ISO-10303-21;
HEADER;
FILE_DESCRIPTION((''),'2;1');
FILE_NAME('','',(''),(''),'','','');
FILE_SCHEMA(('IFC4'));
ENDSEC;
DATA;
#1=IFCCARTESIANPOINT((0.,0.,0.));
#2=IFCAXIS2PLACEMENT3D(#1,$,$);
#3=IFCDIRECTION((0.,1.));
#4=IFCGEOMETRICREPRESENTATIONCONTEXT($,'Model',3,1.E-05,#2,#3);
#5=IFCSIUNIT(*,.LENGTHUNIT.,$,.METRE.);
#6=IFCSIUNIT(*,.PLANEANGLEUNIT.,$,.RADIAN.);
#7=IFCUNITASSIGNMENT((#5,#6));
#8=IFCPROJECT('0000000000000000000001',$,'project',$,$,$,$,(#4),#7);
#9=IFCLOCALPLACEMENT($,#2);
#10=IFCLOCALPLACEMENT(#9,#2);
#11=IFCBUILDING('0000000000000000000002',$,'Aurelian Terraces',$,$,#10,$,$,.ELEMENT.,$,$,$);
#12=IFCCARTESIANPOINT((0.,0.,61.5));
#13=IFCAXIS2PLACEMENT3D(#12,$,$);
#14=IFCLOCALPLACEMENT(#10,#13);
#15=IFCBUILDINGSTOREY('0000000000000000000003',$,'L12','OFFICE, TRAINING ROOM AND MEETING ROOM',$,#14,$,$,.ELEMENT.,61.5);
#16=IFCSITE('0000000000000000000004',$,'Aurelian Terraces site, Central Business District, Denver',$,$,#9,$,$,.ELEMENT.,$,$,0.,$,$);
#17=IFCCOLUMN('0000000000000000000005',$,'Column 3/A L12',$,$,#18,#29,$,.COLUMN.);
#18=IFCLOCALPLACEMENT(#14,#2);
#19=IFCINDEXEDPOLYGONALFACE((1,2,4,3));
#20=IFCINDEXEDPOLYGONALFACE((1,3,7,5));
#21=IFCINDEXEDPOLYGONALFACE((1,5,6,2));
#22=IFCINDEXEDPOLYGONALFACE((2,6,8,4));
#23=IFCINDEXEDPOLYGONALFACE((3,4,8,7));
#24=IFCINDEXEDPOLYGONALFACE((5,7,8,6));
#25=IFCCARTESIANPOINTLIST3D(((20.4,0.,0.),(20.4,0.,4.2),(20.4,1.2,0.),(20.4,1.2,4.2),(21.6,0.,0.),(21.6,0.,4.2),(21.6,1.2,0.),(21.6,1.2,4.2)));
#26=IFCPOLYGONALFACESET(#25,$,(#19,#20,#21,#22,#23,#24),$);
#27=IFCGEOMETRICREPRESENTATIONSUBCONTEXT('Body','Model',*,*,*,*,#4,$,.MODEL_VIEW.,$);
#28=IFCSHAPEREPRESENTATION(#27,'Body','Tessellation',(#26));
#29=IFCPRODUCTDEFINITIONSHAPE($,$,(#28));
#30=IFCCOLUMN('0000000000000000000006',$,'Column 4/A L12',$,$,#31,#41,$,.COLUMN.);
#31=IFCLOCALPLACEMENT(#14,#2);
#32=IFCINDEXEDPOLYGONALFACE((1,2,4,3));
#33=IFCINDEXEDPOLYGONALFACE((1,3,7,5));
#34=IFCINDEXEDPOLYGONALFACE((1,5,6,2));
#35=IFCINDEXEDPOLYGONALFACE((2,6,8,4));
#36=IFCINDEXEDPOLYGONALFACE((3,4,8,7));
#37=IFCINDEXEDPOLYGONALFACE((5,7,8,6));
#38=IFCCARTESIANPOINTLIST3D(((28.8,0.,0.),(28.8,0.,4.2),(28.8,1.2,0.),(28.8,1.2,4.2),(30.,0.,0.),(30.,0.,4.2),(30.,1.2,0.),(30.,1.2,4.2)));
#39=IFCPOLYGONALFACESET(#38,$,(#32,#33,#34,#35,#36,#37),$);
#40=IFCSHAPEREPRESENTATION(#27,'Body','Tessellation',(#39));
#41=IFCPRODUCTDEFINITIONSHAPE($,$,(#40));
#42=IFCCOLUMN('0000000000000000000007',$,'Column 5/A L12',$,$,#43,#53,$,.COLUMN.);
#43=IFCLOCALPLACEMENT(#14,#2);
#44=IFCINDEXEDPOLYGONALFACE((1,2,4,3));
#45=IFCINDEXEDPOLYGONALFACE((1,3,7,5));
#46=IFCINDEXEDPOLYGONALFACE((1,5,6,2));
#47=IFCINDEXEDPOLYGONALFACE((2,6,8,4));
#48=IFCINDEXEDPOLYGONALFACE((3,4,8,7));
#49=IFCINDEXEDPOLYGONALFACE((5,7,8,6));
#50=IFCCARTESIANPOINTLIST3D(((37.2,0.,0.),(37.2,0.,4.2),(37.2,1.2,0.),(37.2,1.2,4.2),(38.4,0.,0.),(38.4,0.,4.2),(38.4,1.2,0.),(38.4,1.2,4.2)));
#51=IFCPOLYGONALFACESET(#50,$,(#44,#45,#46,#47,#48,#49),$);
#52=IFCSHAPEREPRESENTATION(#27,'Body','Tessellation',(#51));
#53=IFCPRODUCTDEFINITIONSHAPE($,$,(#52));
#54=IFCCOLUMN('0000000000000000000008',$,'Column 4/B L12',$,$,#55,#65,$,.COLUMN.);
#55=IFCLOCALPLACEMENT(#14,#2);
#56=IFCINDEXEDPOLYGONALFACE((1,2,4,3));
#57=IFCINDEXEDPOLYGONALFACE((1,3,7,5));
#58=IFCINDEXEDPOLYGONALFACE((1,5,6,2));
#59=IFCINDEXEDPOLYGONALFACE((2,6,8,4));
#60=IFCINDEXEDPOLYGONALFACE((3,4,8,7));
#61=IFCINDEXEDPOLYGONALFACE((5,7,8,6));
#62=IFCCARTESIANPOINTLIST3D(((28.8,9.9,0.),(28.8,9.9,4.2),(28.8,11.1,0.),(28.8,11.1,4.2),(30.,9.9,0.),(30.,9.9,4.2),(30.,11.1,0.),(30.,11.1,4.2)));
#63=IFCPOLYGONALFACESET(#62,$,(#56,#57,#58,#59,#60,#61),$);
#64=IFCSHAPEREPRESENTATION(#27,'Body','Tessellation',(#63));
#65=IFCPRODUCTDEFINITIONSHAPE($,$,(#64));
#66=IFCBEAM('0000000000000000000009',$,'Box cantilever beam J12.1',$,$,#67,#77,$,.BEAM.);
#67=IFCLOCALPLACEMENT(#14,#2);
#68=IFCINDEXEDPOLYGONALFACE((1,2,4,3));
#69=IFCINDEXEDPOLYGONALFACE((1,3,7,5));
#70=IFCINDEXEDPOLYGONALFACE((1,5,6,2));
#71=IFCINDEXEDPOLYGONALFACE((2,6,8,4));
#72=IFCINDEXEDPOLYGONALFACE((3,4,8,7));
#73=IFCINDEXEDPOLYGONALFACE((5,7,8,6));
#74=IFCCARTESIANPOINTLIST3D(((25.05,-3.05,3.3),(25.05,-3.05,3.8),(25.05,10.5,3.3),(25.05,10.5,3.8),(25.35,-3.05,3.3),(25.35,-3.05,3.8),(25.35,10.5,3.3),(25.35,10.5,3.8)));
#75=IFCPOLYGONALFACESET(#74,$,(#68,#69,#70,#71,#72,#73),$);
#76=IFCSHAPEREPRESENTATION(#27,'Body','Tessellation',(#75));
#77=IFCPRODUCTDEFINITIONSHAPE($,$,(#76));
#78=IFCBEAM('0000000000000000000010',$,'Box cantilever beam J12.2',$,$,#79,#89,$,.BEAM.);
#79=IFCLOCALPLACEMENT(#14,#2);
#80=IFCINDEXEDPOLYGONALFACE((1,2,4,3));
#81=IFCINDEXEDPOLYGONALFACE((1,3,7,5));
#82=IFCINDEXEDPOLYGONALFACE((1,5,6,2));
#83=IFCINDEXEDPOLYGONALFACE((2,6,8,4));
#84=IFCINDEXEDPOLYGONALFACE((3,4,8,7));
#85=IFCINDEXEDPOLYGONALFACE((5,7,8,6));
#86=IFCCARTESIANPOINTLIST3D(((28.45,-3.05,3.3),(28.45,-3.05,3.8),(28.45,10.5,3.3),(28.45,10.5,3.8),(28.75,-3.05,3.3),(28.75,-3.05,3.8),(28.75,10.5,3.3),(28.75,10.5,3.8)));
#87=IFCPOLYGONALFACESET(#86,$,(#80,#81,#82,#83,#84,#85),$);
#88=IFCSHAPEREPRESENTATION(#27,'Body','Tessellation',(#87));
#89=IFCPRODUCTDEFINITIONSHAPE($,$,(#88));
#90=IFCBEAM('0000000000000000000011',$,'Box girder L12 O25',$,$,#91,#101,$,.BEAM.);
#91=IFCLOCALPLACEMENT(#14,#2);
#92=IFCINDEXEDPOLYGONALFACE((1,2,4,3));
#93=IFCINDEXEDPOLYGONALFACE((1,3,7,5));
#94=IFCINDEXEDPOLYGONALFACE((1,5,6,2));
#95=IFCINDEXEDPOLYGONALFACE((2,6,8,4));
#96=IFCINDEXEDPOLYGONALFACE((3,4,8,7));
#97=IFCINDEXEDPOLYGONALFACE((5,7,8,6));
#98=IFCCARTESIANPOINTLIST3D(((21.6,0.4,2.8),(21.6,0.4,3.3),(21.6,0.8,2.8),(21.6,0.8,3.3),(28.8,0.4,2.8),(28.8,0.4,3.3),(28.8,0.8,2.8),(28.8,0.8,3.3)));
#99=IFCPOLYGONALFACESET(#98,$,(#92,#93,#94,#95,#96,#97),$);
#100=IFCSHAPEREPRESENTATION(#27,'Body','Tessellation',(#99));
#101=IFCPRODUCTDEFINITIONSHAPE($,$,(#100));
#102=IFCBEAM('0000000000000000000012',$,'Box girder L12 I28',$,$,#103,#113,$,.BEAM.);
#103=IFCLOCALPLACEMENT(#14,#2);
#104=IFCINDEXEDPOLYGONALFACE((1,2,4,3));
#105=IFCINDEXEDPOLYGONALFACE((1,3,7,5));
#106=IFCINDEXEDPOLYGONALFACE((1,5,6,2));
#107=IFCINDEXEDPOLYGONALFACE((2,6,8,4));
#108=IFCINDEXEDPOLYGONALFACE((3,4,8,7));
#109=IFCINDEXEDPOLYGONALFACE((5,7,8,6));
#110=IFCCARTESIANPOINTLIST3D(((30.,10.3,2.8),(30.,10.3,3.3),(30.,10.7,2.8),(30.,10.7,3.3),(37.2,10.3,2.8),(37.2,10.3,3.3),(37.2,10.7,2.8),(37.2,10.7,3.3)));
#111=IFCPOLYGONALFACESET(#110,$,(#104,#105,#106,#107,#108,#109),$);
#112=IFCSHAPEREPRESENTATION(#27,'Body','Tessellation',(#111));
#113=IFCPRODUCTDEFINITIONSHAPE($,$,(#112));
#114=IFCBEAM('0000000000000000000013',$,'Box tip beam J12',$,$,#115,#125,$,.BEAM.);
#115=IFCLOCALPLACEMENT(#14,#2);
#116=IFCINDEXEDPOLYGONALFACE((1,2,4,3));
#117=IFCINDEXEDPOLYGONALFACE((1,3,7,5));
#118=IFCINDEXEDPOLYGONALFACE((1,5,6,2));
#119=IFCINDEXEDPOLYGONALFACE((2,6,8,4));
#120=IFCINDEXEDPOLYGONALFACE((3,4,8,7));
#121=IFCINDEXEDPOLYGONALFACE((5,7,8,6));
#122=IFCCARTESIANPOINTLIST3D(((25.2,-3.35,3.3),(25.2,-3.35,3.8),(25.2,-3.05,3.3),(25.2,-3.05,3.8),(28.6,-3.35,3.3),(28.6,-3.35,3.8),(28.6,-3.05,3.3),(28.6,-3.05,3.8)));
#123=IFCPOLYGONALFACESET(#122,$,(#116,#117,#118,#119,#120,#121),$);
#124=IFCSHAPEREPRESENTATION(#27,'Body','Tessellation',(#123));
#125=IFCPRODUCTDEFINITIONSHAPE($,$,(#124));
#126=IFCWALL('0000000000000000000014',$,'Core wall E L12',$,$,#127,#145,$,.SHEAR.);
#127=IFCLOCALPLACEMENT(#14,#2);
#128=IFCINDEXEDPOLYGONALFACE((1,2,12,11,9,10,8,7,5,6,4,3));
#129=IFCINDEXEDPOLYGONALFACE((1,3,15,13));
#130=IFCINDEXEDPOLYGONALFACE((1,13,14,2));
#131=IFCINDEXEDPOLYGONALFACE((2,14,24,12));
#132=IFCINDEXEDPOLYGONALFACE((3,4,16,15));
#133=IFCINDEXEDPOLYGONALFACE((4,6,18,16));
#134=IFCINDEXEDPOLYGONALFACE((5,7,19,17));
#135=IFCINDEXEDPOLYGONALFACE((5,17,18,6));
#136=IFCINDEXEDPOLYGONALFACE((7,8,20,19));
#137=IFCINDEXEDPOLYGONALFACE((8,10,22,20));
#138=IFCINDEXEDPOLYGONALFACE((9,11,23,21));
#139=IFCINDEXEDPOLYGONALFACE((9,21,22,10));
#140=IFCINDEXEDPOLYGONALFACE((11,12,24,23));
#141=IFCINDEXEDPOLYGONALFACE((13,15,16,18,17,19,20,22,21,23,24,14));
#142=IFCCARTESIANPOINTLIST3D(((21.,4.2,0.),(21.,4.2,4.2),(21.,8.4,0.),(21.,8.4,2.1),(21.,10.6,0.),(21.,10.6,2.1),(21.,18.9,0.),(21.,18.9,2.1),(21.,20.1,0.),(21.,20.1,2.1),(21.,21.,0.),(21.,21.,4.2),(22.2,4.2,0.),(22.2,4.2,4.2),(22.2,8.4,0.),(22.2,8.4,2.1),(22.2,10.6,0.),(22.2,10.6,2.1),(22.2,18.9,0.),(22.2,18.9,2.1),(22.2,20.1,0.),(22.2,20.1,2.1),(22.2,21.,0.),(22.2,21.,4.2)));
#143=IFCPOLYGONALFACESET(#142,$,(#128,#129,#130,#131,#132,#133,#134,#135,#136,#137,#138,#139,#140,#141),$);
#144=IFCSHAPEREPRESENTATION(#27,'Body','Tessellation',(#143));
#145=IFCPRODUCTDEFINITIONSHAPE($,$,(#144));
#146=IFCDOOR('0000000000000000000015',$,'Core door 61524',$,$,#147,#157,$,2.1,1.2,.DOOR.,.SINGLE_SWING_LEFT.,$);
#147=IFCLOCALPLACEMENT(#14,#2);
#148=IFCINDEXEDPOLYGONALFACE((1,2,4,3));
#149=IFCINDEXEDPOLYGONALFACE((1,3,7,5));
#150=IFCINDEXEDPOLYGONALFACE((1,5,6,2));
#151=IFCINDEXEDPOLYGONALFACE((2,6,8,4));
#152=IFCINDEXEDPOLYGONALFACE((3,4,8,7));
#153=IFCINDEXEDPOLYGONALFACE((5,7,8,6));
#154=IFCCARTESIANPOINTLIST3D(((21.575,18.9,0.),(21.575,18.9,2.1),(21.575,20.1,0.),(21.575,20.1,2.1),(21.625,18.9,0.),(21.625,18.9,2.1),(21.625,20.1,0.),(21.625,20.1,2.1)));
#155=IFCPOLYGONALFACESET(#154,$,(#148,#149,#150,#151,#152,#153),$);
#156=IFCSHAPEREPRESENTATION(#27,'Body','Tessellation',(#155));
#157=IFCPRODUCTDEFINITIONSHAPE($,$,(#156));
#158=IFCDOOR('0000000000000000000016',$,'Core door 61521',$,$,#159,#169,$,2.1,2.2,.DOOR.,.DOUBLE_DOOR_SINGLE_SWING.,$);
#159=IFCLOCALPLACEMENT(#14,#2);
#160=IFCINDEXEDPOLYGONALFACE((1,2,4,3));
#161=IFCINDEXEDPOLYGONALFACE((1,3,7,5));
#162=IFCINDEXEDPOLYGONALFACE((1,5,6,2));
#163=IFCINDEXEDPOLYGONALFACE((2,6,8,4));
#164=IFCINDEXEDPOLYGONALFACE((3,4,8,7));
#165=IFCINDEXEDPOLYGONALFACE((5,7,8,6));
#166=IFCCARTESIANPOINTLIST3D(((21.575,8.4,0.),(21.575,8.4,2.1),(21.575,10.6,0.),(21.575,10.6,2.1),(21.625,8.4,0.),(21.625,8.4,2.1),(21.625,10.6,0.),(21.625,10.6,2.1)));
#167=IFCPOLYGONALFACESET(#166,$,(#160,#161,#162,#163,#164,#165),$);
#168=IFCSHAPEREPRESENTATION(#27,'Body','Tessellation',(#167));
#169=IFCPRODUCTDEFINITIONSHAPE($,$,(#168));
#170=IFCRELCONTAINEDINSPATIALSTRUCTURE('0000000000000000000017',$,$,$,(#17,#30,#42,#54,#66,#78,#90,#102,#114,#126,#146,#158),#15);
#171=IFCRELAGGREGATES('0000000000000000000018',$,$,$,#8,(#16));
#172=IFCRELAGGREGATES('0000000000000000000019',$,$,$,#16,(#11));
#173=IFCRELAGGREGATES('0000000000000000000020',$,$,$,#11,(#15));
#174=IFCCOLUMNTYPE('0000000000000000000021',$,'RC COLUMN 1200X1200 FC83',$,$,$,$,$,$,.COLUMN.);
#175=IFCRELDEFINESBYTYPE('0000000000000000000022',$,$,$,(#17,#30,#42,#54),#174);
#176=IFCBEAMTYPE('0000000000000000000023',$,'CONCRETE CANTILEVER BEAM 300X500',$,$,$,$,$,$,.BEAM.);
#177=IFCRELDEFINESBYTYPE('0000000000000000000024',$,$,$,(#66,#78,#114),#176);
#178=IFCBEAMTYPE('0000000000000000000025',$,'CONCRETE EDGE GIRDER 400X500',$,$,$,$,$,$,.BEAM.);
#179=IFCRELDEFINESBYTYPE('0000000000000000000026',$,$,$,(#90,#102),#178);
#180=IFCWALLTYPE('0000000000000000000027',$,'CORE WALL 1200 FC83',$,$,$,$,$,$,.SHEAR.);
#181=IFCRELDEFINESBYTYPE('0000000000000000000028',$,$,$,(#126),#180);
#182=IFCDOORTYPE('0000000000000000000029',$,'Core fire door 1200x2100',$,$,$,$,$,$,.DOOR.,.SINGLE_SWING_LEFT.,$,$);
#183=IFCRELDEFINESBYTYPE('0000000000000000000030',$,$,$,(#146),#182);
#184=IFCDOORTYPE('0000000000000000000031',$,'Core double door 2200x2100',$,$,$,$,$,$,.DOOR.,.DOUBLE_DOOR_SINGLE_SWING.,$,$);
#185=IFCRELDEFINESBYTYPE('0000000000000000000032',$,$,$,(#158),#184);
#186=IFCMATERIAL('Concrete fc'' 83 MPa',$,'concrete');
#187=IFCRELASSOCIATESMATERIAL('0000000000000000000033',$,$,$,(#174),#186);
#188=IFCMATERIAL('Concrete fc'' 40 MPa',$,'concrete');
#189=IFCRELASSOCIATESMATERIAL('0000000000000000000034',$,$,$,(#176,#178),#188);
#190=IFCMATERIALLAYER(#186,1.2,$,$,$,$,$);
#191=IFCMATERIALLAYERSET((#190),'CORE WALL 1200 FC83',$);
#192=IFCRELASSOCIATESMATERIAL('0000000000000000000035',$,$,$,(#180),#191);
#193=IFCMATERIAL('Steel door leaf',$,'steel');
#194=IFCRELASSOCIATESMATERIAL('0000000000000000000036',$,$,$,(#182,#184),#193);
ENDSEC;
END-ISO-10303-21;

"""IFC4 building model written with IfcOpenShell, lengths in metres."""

from ifc_helpers import new_model, si_unit, direction, frame, frame_2d, origin, origin_2d, place, context, subcontext, project, spatial, rectangle, extrude, source, transform, mapped, material, layer, layer_set, material_profile, profile_set, type_object, element, fill, save


model = new_model("IFC4")

# Units and contexts
model_context = context("Model", 3, precision=1e-05, world=origin(), true_north=direction((0.0, 1.0)))
body_context = subcontext(model_context, "Body", "Model", "MODEL_VIEW")
ifc_project = project(units=[si_unit("LENGTHUNIT", "METRE"), si_unit("PLANEANGLEUNIT", "RADIAN")], contexts=[model_context])

# Site, building, storey
site_placement = place(None, origin())
site = spatial("IfcSite", under=ifc_project, at=site_placement, Name="Aurelian Terraces site, Central Business District, Denver", CompositionType="ELEMENT", RefElevation=0.0)
building_placement = place(site_placement, origin())
building = spatial("IfcBuilding", under=site, at=building_placement, Name="Aurelian Terraces", CompositionType="ELEMENT")
storey_placement = place(building_placement, frame((0.0, 0.0, 61.5)))
storey = spatial("IfcBuildingStorey", under=building, at=storey_placement, Name="L12", Description="OFFICE, TRAINING ROOM AND MEETING ROOM", CompositionType="ELEMENT", Elevation=61.5)

# Columns
ifc_material_1 = material(Name="Concrete fc' 83 MPa", Category="concrete")
ifc_material_profile_1 = material_profile(ifc_material_1, rectangle(XDim=1.2, YDim=1.2, at=origin_2d()))
ifc_profile_set_1 = profile_set([ifc_material_profile_1], Name="Concrete fc' 83 MPa")
column_type = type_object("IfcColumnType", Name="RC COLUMN 1200X1200 FC83", PredefinedType="COLUMN", material=ifc_profile_set_1)
shared_shape_1 = source(origin(), body_context, "Body", "SweptSolid", [
    extrude(rectangle(XDim=1.2, YDim=1.2, at=origin_2d()), origin(), (0.0, 0.0, 1.0), 4.2),
])
for number, where, z_axis, x_axis, name in (
    (1, (21.0, 0.6, 0.0), (0.0, 0.0, 1.0), (1.0, 0.0, 0.0), "Column 3/A L12"),
    (2, (29.4, 0.6, 0.0), (0.0, 0.0, 1.0), (1.0, 0.0, 0.0), "Column 4/A L12"),
    (3, (37.8, 0.6, 0.0), (0.0, 0.0, 1.0), (1.0, 0.0, 0.0), "Column 5/A L12"),
    (4, (29.4, 10.5, 0.0), (0.0, 0.0, 1.0), (1.0, 0.0, 0.0), "Column 4/B L12"),
):
    element("IfcColumn", number, at=place(storey_placement, frame(where, z_axis=z_axis, x_axis=x_axis)), inside=storey, type_object=column_type, Name=name, PredefinedType="COLUMN", context=body_context, shape_type="MappedRepresentation", body=[
        mapped(shared_shape_1, transform((0.0, 0.0, 0.0), scale=1.0)),
    ])

# Beams
ifc_material_2 = material(Name="Concrete fc' 40 MPa", Category="concrete")
ifc_material_profile_2 = material_profile(ifc_material_2, rectangle(XDim=0.3, YDim=0.5, at=origin_2d()))
ifc_profile_set_2 = profile_set([ifc_material_profile_2], Name="Concrete fc' 40 MPa")
beam_type_1 = type_object("IfcBeamType", Name="CONCRETE CANTILEVER BEAM 300X500", PredefinedType="BEAM", material=ifc_profile_set_2)
shared_shape_2 = source(origin(), body_context, "Body", "SweptSolid", [
    extrude(rectangle(XDim=0.3, YDim=0.5, at=origin_2d()), origin(), (0.0, 0.0, 1.0), 13.55),
])
for number, where, z_axis, x_axis, name in (
    (5, (25.2, -3.05, 3.55), (0.0, 1.0, 0.0), (-1.0, 0.0, 0.0), "Box cantilever beam J12.1"),
    (6, (28.6, -3.05, 3.55), (0.0, 1.0, 0.0), (-1.0, 0.0, 0.0), "Box cantilever beam J12.2"),
):
    element("IfcBeam", number, at=place(storey_placement, frame(where, z_axis=z_axis, x_axis=x_axis)), inside=storey, type_object=beam_type_1, Name=name, PredefinedType="BEAM", context=body_context, shape_type="MappedRepresentation", body=[
        mapped(shared_shape_2, transform((0.0, 0.0, 0.0), scale=1.0)),
    ])
ifc_material_profile_3 = material_profile(ifc_material_2, rectangle(XDim=0.4, YDim=0.5, at=origin_2d()))
ifc_profile_set_3 = profile_set([ifc_material_profile_3], Name="Concrete fc' 40 MPa")
beam_type_2 = type_object("IfcBeamType", Name="CONCRETE EDGE GIRDER 400X500", PredefinedType="BEAM", material=ifc_profile_set_3)
shared_shape_3 = source(origin(), body_context, "Body", "SweptSolid", [
    extrude(rectangle(XDim=0.4, YDim=0.5, at=origin_2d()), origin(), (0.0, 0.0, 1.0), 7.2),
])
for number, where, z_axis, x_axis, name in (
    (7, (21.6, 0.6, 3.05), (1.0, 0.0, 0.0), (0.0, 1.0, 0.0), "Box girder L12 O25"),
    (8, (30.0, 10.5, 3.05), (1.0, 0.0, 0.0), (0.0, 1.0, 0.0), "Box girder L12 I28"),
):
    element("IfcBeam", number, at=place(storey_placement, frame(where, z_axis=z_axis, x_axis=x_axis)), inside=storey, type_object=beam_type_2, Name=name, PredefinedType="BEAM", context=body_context, shape_type="MappedRepresentation", body=[
        mapped(shared_shape_3, transform((0.0, 0.0, 0.0), scale=1.0)),
    ])
shared_shape_4 = source(origin(), body_context, "Body", "SweptSolid", [
    extrude(rectangle(XDim=0.3, YDim=0.5, at=origin_2d()), origin(), (0.0, 0.0, 1.0), 3.4),
])
beam_placement = place(storey_placement, frame((25.2, -3.2, 3.55), z_axis=(1.0, 0.0, 0.0), x_axis=(0.0, 1.0, 0.0)))
element("IfcBeam", 9, at=beam_placement, inside=storey, type_object=beam_type_1, Name="Box tip beam J12", PredefinedType="BEAM", context=body_context, shape_type="MappedRepresentation", body=[
    mapped(shared_shape_4, transform((0.0, 0.0, 0.0), scale=1.0)),
])

# Wall, openings, doors
ifc_layer_1 = layer(ifc_material_1, 1.2)
ifc_layer_set_1 = layer_set([ifc_layer_1], Name="CORE WALL 1200 FC83")
wall_type_1 = type_object("IfcWallType", Name="CORE WALL 1200 FC83", PredefinedType="SHEAR", material=ifc_layer_set_1)
shared_shape_5 = source(origin(), body_context, "Body", "SweptSolid", [
    extrude(rectangle(XDim=16.8, YDim=1.2, at=frame_2d((8.4, 0.0))), origin(), (0.0, 0.0, 1.0), 4.2),
])
wall_1_placement = place(storey_placement, frame((21.6, 4.2, 0.0), z_axis=(0.0, 0.0, 1.0), x_axis=(0.0, 1.0, 0.0)))
wall_1 = element("IfcWall", 10, at=wall_1_placement, inside=storey, type_object=wall_type_1, Name="Core wall E L12", PredefinedType="SHEAR", context=body_context, shape_type="MappedRepresentation", body=[
    mapped(shared_shape_5, transform((0.0, 0.0, 0.0), scale=1.0)),
])
shared_shape_6 = source(origin(), body_context, "Body", "SweptSolid", [
    extrude(rectangle(XDim=2.2, YDim=2.1, at=frame_2d((1.1, 1.05))), frame((0.0, 0.61, 0.0), z_axis=(0.0, -1.0, 0.0), x_axis=(1.0, 0.0, 0.0)), (0.0, 0.0, 1.0), 1.22),
])
opening_1_placement = place(wall_1_placement, frame((4.2, 0.0, 0.0)))
opening_1 = element("IfcOpeningElement", 11, at=opening_1_placement, cuts=wall_1, PredefinedType="OPENING", context=body_context, shape_type="MappedRepresentation", body=[
    mapped(shared_shape_6, transform((0.0, 0.0, 0.0), scale=1.0)),
])
shared_shape_7 = source(origin(), body_context, "Body", "SweptSolid", [
    extrude(rectangle(XDim=1.2, YDim=2.1, at=frame_2d((0.6, 1.05))), frame((0.0, 0.61, 0.0), z_axis=(0.0, -1.0, 0.0), x_axis=(1.0, 0.0, 0.0)), (0.0, 0.0, 1.0), 1.22),
])
opening_2_placement = place(wall_1_placement, frame((14.7, 0.0, 0.0)))
opening_2 = element("IfcOpeningElement", 12, at=opening_2_placement, cuts=wall_1, PredefinedType="OPENING", context=body_context, shape_type="MappedRepresentation", body=[
    mapped(shared_shape_7, transform((0.0, 0.0, 0.0), scale=1.0)),
])
ifc_material_3 = material(Name="Steel door leaf", Category="steel")
door_type_1 = type_object("IfcDoorType", Name="Core fire door 1200x2100", OperationType="SINGLE_SWING_LEFT", PredefinedType="DOOR", material=ifc_material_3)
shared_shape_8 = source(origin(), body_context, "Body", "SweptSolid", [
    extrude(rectangle(XDim=1.2, YDim=2.1, at=frame_2d((0.6, 1.05))), frame((0.0, 0.025, 0.0), z_axis=(0.0, -1.0, 0.0), x_axis=(1.0, 0.0, 0.0)), (0.0, 0.0, 1.0), 0.05),
])
door_1_placement = place(opening_2_placement, origin())
door_1 = element("IfcDoor", 13, at=door_1_placement, inside=storey, type_object=door_type_1, Name="Core door 61524", OperationType="SINGLE_SWING_LEFT", OverallHeight=2.1, OverallWidth=1.2, PredefinedType="DOOR", context=body_context, shape_type="MappedRepresentation", body=[
    mapped(shared_shape_8, transform((0.0, 0.0, 0.0), scale=1.0)),
])
fill(opening_2, door_1)
door_type_2 = type_object("IfcDoorType", Name="Core double door 2200x2100", OperationType="DOUBLE_DOOR_SINGLE_SWING", PredefinedType="DOOR", material=ifc_material_3)
shared_shape_9 = source(origin(), body_context, "Body", "SweptSolid", [
    extrude(rectangle(XDim=2.2, YDim=2.1, at=frame_2d((1.1, 1.05))), frame((0.0, 0.025, 0.0), z_axis=(0.0, -1.0, 0.0), x_axis=(1.0, 0.0, 0.0)), (0.0, 0.0, 1.0), 0.05),
])
door_2_placement = place(opening_1_placement, origin())
door_2 = element("IfcDoor", 14, at=door_2_placement, inside=storey, type_object=door_type_2, Name="Core door 61521", OperationType="DOUBLE_DOOR_SINGLE_SWING", OverallHeight=2.1, OverallWidth=2.2, PredefinedType="DOOR", context=body_context, shape_type="MappedRepresentation", body=[
    mapped(shared_shape_9, transform((0.0, 0.0, 0.0), scale=1.0)),
])
fill(opening_1, door_2)

save(model, "model.ifc")
